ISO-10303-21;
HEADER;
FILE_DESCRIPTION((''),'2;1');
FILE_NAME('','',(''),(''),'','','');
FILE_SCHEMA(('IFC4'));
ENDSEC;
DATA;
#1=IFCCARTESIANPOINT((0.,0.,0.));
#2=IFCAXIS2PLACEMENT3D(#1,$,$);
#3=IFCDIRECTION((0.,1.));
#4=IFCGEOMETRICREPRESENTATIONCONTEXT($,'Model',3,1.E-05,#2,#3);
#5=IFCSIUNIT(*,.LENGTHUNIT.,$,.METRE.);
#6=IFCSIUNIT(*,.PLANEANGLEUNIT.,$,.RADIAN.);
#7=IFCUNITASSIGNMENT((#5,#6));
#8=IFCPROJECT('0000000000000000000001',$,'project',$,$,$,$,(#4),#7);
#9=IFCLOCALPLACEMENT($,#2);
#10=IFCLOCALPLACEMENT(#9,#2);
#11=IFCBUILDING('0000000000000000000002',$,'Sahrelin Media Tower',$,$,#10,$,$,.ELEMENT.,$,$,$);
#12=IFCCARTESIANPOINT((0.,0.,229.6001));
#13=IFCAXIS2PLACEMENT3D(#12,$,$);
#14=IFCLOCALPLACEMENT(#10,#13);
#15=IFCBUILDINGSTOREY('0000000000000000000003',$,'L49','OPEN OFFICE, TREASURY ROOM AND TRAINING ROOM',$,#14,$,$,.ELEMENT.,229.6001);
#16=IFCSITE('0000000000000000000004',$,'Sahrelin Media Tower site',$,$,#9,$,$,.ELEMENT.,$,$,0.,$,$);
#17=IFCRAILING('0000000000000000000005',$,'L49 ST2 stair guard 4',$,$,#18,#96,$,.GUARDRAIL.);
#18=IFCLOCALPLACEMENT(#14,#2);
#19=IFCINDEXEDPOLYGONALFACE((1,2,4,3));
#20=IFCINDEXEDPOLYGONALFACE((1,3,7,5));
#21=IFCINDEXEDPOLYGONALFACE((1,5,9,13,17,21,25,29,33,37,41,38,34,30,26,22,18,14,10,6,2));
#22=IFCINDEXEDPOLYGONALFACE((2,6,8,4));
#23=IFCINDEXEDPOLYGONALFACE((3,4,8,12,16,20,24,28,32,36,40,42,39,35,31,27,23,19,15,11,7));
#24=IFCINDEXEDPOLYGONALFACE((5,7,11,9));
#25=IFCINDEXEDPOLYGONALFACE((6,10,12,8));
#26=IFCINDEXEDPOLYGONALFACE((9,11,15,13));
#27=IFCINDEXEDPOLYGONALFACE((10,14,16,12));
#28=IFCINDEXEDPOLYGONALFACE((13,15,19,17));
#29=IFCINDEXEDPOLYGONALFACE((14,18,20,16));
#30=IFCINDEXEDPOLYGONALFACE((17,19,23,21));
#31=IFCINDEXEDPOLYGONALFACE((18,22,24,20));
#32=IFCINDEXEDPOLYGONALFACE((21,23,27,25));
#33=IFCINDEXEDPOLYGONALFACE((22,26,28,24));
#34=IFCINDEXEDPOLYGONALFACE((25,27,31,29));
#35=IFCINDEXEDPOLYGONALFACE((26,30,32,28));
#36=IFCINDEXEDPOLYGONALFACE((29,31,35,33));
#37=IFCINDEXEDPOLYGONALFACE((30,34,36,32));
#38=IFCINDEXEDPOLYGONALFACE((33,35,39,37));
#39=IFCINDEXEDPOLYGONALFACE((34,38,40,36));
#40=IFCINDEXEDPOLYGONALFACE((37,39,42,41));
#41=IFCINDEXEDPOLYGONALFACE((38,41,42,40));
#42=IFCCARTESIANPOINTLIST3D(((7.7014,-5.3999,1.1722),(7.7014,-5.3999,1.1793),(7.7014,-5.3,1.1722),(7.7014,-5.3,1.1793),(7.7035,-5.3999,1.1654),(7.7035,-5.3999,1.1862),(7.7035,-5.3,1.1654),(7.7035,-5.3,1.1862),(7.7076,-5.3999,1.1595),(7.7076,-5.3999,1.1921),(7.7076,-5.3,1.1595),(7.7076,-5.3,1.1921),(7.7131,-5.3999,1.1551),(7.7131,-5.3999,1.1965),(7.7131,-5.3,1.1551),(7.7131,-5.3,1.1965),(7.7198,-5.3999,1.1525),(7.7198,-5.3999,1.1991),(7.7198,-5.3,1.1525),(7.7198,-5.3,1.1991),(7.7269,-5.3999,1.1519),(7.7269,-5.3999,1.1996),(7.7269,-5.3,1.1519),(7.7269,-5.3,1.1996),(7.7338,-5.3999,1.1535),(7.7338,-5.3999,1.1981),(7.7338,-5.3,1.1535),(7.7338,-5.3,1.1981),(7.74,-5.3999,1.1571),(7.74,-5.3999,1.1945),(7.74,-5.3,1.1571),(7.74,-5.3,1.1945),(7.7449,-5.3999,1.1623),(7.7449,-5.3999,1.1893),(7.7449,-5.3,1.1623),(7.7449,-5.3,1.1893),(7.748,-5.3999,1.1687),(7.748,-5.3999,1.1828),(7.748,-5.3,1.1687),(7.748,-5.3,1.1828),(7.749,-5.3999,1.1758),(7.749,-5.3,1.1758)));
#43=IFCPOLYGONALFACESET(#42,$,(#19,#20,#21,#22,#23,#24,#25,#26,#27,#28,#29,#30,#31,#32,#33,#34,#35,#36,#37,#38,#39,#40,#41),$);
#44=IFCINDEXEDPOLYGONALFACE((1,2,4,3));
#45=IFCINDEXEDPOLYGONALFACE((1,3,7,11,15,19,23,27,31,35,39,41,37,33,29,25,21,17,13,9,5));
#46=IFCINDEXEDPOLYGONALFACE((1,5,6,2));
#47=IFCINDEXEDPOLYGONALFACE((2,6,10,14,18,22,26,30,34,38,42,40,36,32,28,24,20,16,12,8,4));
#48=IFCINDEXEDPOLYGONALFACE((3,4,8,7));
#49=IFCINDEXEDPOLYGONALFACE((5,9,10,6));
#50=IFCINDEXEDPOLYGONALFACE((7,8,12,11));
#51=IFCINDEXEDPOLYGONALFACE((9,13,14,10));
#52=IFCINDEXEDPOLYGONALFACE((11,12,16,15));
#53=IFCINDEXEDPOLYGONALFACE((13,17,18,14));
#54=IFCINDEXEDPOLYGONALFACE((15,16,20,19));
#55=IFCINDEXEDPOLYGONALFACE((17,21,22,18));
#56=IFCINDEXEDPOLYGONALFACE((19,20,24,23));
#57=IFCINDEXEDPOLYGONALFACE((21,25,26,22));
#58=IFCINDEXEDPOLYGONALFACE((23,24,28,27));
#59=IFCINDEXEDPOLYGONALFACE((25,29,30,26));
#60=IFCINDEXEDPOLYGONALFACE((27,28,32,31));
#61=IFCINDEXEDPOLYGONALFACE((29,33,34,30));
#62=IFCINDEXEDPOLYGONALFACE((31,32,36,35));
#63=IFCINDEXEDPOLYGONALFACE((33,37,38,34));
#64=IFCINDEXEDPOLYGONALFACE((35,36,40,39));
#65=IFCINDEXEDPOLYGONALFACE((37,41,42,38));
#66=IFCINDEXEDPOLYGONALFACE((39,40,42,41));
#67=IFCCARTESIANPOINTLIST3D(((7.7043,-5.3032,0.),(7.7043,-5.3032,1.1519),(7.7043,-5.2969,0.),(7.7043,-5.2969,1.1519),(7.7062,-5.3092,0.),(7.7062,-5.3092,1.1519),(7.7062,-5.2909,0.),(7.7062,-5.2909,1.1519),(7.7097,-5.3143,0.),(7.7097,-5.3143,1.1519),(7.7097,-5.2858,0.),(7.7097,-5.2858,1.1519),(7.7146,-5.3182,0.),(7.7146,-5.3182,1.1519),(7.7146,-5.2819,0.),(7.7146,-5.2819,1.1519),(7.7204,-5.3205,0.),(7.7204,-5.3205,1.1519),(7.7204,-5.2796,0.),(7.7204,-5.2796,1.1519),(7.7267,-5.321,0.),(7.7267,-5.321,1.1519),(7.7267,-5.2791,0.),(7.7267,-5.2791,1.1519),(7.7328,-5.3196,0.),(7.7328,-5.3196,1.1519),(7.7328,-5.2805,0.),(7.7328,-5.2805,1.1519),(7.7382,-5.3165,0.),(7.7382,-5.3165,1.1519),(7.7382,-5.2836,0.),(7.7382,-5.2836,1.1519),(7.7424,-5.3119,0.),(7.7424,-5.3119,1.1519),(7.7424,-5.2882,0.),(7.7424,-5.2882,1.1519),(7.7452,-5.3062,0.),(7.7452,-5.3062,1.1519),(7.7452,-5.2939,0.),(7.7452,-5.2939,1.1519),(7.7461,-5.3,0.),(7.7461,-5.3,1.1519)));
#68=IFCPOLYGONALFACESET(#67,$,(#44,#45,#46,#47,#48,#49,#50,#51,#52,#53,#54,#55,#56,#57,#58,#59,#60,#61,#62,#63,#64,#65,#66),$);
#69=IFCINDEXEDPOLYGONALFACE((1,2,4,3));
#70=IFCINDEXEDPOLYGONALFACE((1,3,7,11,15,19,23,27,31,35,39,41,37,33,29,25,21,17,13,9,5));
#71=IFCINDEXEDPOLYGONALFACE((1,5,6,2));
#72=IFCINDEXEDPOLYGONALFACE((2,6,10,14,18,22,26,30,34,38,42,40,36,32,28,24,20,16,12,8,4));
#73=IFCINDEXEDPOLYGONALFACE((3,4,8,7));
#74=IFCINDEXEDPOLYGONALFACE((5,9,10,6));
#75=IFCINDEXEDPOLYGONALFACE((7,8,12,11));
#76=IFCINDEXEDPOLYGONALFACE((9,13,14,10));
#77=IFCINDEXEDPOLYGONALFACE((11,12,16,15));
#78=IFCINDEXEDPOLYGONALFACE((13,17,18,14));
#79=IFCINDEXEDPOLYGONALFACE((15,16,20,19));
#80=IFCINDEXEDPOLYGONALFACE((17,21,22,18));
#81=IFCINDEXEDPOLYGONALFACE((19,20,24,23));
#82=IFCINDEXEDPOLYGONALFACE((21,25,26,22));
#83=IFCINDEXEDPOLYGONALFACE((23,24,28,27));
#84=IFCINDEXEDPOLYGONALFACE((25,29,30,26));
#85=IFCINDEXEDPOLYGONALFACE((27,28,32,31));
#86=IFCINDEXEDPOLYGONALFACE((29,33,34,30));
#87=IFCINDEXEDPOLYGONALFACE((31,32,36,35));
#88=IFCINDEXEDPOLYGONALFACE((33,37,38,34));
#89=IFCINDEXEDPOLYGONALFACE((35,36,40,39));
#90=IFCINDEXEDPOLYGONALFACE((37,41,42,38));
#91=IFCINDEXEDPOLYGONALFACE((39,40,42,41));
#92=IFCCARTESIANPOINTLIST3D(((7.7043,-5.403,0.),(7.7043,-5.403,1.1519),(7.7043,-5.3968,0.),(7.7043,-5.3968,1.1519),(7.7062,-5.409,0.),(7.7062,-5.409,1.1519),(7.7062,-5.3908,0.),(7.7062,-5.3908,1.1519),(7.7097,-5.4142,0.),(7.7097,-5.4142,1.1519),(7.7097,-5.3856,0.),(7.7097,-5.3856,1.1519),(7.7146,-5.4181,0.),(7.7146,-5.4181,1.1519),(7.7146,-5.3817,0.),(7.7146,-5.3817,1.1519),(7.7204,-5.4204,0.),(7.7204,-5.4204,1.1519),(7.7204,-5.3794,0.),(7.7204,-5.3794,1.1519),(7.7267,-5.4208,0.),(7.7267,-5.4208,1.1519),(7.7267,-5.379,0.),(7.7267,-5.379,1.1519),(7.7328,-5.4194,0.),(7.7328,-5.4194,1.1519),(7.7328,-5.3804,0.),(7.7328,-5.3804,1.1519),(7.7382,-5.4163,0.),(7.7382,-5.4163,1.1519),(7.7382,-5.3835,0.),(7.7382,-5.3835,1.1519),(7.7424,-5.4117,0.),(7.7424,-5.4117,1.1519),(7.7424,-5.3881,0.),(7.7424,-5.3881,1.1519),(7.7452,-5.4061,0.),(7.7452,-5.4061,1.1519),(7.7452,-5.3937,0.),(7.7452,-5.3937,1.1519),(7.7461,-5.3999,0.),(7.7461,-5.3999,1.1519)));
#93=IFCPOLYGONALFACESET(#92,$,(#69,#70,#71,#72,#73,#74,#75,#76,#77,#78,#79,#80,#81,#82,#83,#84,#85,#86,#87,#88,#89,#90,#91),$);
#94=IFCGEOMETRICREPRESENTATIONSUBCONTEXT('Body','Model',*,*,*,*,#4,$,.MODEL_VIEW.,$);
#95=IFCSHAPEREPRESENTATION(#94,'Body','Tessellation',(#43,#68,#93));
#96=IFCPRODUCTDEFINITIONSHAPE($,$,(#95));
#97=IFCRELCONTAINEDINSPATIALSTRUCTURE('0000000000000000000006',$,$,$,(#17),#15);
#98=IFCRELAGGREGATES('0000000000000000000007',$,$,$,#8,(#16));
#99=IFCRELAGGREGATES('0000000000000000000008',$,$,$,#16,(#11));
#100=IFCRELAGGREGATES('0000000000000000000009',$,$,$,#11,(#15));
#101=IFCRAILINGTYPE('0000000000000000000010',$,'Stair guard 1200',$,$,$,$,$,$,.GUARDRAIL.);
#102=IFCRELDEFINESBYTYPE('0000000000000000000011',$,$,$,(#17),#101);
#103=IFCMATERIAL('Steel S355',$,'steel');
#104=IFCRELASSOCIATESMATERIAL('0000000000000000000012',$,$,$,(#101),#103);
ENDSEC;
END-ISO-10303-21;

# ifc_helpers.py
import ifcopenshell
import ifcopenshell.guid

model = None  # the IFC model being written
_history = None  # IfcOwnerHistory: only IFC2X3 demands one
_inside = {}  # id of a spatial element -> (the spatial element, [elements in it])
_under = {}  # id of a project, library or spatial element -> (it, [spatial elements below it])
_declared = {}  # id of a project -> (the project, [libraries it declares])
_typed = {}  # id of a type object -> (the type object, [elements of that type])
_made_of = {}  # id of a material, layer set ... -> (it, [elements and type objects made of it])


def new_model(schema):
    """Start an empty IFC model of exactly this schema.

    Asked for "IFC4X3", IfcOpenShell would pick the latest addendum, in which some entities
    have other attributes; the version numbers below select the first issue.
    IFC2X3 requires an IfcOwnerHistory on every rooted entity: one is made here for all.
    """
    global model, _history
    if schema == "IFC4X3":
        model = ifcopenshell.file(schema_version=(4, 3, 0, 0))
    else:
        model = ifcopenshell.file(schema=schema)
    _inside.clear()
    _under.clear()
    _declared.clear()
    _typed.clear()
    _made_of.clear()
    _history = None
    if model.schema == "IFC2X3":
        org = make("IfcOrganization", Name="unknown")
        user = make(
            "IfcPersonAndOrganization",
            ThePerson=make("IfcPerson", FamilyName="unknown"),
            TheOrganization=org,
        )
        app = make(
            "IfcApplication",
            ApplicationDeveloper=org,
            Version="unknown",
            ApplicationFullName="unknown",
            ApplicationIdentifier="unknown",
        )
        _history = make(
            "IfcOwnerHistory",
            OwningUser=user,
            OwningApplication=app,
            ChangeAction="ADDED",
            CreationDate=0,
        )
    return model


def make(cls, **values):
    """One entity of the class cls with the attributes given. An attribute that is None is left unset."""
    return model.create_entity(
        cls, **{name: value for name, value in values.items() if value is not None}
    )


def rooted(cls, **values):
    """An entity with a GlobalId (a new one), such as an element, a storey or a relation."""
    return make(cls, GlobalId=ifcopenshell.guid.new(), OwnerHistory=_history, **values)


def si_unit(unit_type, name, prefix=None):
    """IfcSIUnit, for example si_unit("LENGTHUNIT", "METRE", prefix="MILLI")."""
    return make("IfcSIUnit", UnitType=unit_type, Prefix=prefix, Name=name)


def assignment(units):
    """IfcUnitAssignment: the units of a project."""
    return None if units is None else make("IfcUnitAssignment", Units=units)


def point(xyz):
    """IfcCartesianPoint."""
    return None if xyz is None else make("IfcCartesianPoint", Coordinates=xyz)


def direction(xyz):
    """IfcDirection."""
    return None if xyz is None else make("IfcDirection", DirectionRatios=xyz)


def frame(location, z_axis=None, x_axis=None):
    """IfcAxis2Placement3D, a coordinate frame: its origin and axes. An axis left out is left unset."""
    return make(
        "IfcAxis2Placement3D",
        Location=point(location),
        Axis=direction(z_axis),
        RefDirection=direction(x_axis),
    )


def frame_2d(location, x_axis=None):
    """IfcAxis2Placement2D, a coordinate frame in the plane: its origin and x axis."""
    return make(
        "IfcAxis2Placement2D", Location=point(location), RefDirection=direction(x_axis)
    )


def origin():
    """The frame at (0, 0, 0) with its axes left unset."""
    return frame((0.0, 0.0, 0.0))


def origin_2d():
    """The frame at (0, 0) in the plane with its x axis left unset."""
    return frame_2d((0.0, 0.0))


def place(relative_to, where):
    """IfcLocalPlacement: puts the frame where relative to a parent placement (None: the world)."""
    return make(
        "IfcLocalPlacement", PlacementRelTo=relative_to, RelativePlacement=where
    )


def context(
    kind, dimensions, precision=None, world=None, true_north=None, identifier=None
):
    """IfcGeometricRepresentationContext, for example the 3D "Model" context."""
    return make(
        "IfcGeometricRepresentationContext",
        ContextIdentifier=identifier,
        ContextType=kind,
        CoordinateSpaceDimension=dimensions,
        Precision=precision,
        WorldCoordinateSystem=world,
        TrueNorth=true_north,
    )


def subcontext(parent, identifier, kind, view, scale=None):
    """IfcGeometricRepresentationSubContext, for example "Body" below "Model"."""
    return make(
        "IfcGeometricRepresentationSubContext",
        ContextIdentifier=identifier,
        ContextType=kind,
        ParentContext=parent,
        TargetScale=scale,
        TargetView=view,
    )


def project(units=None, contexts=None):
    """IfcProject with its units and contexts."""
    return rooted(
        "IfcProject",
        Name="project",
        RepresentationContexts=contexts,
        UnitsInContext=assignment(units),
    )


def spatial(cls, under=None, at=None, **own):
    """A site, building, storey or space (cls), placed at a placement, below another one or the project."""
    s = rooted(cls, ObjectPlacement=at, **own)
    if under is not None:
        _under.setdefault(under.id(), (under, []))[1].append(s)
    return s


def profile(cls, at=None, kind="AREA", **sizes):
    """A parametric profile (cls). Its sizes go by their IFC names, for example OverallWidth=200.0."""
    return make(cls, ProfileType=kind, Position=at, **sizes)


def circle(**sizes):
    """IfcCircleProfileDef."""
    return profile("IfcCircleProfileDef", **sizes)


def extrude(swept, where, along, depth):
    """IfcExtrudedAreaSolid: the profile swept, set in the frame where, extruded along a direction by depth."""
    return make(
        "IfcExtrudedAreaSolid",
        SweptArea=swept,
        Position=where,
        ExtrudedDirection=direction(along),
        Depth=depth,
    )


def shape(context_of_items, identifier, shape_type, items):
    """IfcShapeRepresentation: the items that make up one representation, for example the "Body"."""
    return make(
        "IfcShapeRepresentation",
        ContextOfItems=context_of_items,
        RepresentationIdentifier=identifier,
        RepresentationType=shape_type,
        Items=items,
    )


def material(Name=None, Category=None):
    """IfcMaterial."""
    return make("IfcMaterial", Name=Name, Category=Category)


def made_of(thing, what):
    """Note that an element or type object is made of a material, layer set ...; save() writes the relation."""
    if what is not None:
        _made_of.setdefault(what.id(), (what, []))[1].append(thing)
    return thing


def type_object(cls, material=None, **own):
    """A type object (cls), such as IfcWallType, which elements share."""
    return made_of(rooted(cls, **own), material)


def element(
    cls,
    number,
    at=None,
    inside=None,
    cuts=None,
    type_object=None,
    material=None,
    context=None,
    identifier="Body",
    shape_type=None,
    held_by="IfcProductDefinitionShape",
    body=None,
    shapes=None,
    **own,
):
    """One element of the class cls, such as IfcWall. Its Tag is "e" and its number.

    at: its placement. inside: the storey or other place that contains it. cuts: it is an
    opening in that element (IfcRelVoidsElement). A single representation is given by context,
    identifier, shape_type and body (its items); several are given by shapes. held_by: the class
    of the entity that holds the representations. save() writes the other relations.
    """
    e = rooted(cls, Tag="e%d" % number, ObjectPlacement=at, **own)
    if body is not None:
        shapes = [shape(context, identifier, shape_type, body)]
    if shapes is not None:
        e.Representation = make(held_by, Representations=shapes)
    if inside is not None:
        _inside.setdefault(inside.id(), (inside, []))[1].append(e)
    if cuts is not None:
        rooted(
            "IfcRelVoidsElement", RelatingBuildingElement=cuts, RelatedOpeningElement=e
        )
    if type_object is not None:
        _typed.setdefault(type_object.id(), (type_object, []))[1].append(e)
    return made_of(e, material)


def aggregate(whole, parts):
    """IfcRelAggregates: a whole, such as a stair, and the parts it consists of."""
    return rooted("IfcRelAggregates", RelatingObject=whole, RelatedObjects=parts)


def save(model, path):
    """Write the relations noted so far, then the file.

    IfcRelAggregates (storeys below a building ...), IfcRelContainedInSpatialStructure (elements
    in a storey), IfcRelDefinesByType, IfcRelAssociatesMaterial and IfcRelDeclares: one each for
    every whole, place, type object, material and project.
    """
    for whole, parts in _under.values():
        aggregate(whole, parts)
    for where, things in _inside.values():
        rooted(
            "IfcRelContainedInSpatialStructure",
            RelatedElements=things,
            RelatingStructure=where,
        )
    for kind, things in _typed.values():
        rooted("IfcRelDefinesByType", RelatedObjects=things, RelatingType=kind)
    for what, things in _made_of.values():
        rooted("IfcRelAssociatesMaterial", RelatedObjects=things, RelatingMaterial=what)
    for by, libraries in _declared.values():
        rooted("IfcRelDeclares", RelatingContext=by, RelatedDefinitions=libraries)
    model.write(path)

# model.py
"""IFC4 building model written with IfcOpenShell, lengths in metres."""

from ifc_helpers import new_model, si_unit, direction, frame, origin, origin_2d, place, context, subcontext, project, spatial, circle, extrude, material, type_object, element, save


model = new_model("IFC4")

# Units and contexts
model_context = context("Model", 3, precision=1e-05, world=origin(), true_north=direction((0.0, 1.0)))
body_context = subcontext(model_context, "Body", "Model", "MODEL_VIEW")
ifc_project = project(units=[si_unit("LENGTHUNIT", "METRE"), si_unit("PLANEANGLEUNIT", "RADIAN")], contexts=[model_context])

# Site, building, storey
site_placement = place(None, origin())
site = spatial("IfcSite", under=ifc_project, at=site_placement, Name="Sahrelin Media Tower site", CompositionType="ELEMENT", RefElevation=0.0)
building_placement = place(site_placement, origin())
building = spatial("IfcBuilding", under=site, at=building_placement, Name="Sahrelin Media Tower", CompositionType="ELEMENT")
storey_placement = place(building_placement, frame((0.0, 0.0, 229.6001)))
storey = spatial("IfcBuildingStorey", under=building, at=storey_placement, Name="L49", Description="OPEN OFFICE, TREASURY ROOM AND TRAINING ROOM", CompositionType="ELEMENT", Elevation=229.6001)

# Shared definitions
ifc_material_1 = material(Name="Steel S355", Category="steel")

# Railing
railing_type_1 = type_object("IfcRailingType", Name="Stair guard 1200", PredefinedType="GUARDRAIL", material=ifc_material_1)
railing_1_placement = place(storey_placement, frame((7.7251, -5.3, 0.0)))
element("IfcRailing", 1, at=railing_1_placement, inside=storey, type_object=railing_type_1, Name="L49 ST2 stair guard 4", PredefinedType="GUARDRAIL", context=body_context, shape_type="SweptSolid", body=[
    extrude(circle(Radius=0.0239, at=origin_2d()), frame((0.0, 0.0, 1.1758), z_axis=(0.0, -1.0, 0.0), x_axis=(1.0, 0.0, 0.0)), (0.0, 0.0, 1.0), 0.0999),
    extrude(circle(Radius=0.021, at=origin_2d()), origin(), (0.0, 0.0, 1.0), 1.1519),
    extrude(circle(Radius=0.021, at=origin_2d()), frame((0.0, -0.0999, 0.0)), (0.0, 0.0, 1.0), 1.1519),
])

save(model, "model.ifc")
